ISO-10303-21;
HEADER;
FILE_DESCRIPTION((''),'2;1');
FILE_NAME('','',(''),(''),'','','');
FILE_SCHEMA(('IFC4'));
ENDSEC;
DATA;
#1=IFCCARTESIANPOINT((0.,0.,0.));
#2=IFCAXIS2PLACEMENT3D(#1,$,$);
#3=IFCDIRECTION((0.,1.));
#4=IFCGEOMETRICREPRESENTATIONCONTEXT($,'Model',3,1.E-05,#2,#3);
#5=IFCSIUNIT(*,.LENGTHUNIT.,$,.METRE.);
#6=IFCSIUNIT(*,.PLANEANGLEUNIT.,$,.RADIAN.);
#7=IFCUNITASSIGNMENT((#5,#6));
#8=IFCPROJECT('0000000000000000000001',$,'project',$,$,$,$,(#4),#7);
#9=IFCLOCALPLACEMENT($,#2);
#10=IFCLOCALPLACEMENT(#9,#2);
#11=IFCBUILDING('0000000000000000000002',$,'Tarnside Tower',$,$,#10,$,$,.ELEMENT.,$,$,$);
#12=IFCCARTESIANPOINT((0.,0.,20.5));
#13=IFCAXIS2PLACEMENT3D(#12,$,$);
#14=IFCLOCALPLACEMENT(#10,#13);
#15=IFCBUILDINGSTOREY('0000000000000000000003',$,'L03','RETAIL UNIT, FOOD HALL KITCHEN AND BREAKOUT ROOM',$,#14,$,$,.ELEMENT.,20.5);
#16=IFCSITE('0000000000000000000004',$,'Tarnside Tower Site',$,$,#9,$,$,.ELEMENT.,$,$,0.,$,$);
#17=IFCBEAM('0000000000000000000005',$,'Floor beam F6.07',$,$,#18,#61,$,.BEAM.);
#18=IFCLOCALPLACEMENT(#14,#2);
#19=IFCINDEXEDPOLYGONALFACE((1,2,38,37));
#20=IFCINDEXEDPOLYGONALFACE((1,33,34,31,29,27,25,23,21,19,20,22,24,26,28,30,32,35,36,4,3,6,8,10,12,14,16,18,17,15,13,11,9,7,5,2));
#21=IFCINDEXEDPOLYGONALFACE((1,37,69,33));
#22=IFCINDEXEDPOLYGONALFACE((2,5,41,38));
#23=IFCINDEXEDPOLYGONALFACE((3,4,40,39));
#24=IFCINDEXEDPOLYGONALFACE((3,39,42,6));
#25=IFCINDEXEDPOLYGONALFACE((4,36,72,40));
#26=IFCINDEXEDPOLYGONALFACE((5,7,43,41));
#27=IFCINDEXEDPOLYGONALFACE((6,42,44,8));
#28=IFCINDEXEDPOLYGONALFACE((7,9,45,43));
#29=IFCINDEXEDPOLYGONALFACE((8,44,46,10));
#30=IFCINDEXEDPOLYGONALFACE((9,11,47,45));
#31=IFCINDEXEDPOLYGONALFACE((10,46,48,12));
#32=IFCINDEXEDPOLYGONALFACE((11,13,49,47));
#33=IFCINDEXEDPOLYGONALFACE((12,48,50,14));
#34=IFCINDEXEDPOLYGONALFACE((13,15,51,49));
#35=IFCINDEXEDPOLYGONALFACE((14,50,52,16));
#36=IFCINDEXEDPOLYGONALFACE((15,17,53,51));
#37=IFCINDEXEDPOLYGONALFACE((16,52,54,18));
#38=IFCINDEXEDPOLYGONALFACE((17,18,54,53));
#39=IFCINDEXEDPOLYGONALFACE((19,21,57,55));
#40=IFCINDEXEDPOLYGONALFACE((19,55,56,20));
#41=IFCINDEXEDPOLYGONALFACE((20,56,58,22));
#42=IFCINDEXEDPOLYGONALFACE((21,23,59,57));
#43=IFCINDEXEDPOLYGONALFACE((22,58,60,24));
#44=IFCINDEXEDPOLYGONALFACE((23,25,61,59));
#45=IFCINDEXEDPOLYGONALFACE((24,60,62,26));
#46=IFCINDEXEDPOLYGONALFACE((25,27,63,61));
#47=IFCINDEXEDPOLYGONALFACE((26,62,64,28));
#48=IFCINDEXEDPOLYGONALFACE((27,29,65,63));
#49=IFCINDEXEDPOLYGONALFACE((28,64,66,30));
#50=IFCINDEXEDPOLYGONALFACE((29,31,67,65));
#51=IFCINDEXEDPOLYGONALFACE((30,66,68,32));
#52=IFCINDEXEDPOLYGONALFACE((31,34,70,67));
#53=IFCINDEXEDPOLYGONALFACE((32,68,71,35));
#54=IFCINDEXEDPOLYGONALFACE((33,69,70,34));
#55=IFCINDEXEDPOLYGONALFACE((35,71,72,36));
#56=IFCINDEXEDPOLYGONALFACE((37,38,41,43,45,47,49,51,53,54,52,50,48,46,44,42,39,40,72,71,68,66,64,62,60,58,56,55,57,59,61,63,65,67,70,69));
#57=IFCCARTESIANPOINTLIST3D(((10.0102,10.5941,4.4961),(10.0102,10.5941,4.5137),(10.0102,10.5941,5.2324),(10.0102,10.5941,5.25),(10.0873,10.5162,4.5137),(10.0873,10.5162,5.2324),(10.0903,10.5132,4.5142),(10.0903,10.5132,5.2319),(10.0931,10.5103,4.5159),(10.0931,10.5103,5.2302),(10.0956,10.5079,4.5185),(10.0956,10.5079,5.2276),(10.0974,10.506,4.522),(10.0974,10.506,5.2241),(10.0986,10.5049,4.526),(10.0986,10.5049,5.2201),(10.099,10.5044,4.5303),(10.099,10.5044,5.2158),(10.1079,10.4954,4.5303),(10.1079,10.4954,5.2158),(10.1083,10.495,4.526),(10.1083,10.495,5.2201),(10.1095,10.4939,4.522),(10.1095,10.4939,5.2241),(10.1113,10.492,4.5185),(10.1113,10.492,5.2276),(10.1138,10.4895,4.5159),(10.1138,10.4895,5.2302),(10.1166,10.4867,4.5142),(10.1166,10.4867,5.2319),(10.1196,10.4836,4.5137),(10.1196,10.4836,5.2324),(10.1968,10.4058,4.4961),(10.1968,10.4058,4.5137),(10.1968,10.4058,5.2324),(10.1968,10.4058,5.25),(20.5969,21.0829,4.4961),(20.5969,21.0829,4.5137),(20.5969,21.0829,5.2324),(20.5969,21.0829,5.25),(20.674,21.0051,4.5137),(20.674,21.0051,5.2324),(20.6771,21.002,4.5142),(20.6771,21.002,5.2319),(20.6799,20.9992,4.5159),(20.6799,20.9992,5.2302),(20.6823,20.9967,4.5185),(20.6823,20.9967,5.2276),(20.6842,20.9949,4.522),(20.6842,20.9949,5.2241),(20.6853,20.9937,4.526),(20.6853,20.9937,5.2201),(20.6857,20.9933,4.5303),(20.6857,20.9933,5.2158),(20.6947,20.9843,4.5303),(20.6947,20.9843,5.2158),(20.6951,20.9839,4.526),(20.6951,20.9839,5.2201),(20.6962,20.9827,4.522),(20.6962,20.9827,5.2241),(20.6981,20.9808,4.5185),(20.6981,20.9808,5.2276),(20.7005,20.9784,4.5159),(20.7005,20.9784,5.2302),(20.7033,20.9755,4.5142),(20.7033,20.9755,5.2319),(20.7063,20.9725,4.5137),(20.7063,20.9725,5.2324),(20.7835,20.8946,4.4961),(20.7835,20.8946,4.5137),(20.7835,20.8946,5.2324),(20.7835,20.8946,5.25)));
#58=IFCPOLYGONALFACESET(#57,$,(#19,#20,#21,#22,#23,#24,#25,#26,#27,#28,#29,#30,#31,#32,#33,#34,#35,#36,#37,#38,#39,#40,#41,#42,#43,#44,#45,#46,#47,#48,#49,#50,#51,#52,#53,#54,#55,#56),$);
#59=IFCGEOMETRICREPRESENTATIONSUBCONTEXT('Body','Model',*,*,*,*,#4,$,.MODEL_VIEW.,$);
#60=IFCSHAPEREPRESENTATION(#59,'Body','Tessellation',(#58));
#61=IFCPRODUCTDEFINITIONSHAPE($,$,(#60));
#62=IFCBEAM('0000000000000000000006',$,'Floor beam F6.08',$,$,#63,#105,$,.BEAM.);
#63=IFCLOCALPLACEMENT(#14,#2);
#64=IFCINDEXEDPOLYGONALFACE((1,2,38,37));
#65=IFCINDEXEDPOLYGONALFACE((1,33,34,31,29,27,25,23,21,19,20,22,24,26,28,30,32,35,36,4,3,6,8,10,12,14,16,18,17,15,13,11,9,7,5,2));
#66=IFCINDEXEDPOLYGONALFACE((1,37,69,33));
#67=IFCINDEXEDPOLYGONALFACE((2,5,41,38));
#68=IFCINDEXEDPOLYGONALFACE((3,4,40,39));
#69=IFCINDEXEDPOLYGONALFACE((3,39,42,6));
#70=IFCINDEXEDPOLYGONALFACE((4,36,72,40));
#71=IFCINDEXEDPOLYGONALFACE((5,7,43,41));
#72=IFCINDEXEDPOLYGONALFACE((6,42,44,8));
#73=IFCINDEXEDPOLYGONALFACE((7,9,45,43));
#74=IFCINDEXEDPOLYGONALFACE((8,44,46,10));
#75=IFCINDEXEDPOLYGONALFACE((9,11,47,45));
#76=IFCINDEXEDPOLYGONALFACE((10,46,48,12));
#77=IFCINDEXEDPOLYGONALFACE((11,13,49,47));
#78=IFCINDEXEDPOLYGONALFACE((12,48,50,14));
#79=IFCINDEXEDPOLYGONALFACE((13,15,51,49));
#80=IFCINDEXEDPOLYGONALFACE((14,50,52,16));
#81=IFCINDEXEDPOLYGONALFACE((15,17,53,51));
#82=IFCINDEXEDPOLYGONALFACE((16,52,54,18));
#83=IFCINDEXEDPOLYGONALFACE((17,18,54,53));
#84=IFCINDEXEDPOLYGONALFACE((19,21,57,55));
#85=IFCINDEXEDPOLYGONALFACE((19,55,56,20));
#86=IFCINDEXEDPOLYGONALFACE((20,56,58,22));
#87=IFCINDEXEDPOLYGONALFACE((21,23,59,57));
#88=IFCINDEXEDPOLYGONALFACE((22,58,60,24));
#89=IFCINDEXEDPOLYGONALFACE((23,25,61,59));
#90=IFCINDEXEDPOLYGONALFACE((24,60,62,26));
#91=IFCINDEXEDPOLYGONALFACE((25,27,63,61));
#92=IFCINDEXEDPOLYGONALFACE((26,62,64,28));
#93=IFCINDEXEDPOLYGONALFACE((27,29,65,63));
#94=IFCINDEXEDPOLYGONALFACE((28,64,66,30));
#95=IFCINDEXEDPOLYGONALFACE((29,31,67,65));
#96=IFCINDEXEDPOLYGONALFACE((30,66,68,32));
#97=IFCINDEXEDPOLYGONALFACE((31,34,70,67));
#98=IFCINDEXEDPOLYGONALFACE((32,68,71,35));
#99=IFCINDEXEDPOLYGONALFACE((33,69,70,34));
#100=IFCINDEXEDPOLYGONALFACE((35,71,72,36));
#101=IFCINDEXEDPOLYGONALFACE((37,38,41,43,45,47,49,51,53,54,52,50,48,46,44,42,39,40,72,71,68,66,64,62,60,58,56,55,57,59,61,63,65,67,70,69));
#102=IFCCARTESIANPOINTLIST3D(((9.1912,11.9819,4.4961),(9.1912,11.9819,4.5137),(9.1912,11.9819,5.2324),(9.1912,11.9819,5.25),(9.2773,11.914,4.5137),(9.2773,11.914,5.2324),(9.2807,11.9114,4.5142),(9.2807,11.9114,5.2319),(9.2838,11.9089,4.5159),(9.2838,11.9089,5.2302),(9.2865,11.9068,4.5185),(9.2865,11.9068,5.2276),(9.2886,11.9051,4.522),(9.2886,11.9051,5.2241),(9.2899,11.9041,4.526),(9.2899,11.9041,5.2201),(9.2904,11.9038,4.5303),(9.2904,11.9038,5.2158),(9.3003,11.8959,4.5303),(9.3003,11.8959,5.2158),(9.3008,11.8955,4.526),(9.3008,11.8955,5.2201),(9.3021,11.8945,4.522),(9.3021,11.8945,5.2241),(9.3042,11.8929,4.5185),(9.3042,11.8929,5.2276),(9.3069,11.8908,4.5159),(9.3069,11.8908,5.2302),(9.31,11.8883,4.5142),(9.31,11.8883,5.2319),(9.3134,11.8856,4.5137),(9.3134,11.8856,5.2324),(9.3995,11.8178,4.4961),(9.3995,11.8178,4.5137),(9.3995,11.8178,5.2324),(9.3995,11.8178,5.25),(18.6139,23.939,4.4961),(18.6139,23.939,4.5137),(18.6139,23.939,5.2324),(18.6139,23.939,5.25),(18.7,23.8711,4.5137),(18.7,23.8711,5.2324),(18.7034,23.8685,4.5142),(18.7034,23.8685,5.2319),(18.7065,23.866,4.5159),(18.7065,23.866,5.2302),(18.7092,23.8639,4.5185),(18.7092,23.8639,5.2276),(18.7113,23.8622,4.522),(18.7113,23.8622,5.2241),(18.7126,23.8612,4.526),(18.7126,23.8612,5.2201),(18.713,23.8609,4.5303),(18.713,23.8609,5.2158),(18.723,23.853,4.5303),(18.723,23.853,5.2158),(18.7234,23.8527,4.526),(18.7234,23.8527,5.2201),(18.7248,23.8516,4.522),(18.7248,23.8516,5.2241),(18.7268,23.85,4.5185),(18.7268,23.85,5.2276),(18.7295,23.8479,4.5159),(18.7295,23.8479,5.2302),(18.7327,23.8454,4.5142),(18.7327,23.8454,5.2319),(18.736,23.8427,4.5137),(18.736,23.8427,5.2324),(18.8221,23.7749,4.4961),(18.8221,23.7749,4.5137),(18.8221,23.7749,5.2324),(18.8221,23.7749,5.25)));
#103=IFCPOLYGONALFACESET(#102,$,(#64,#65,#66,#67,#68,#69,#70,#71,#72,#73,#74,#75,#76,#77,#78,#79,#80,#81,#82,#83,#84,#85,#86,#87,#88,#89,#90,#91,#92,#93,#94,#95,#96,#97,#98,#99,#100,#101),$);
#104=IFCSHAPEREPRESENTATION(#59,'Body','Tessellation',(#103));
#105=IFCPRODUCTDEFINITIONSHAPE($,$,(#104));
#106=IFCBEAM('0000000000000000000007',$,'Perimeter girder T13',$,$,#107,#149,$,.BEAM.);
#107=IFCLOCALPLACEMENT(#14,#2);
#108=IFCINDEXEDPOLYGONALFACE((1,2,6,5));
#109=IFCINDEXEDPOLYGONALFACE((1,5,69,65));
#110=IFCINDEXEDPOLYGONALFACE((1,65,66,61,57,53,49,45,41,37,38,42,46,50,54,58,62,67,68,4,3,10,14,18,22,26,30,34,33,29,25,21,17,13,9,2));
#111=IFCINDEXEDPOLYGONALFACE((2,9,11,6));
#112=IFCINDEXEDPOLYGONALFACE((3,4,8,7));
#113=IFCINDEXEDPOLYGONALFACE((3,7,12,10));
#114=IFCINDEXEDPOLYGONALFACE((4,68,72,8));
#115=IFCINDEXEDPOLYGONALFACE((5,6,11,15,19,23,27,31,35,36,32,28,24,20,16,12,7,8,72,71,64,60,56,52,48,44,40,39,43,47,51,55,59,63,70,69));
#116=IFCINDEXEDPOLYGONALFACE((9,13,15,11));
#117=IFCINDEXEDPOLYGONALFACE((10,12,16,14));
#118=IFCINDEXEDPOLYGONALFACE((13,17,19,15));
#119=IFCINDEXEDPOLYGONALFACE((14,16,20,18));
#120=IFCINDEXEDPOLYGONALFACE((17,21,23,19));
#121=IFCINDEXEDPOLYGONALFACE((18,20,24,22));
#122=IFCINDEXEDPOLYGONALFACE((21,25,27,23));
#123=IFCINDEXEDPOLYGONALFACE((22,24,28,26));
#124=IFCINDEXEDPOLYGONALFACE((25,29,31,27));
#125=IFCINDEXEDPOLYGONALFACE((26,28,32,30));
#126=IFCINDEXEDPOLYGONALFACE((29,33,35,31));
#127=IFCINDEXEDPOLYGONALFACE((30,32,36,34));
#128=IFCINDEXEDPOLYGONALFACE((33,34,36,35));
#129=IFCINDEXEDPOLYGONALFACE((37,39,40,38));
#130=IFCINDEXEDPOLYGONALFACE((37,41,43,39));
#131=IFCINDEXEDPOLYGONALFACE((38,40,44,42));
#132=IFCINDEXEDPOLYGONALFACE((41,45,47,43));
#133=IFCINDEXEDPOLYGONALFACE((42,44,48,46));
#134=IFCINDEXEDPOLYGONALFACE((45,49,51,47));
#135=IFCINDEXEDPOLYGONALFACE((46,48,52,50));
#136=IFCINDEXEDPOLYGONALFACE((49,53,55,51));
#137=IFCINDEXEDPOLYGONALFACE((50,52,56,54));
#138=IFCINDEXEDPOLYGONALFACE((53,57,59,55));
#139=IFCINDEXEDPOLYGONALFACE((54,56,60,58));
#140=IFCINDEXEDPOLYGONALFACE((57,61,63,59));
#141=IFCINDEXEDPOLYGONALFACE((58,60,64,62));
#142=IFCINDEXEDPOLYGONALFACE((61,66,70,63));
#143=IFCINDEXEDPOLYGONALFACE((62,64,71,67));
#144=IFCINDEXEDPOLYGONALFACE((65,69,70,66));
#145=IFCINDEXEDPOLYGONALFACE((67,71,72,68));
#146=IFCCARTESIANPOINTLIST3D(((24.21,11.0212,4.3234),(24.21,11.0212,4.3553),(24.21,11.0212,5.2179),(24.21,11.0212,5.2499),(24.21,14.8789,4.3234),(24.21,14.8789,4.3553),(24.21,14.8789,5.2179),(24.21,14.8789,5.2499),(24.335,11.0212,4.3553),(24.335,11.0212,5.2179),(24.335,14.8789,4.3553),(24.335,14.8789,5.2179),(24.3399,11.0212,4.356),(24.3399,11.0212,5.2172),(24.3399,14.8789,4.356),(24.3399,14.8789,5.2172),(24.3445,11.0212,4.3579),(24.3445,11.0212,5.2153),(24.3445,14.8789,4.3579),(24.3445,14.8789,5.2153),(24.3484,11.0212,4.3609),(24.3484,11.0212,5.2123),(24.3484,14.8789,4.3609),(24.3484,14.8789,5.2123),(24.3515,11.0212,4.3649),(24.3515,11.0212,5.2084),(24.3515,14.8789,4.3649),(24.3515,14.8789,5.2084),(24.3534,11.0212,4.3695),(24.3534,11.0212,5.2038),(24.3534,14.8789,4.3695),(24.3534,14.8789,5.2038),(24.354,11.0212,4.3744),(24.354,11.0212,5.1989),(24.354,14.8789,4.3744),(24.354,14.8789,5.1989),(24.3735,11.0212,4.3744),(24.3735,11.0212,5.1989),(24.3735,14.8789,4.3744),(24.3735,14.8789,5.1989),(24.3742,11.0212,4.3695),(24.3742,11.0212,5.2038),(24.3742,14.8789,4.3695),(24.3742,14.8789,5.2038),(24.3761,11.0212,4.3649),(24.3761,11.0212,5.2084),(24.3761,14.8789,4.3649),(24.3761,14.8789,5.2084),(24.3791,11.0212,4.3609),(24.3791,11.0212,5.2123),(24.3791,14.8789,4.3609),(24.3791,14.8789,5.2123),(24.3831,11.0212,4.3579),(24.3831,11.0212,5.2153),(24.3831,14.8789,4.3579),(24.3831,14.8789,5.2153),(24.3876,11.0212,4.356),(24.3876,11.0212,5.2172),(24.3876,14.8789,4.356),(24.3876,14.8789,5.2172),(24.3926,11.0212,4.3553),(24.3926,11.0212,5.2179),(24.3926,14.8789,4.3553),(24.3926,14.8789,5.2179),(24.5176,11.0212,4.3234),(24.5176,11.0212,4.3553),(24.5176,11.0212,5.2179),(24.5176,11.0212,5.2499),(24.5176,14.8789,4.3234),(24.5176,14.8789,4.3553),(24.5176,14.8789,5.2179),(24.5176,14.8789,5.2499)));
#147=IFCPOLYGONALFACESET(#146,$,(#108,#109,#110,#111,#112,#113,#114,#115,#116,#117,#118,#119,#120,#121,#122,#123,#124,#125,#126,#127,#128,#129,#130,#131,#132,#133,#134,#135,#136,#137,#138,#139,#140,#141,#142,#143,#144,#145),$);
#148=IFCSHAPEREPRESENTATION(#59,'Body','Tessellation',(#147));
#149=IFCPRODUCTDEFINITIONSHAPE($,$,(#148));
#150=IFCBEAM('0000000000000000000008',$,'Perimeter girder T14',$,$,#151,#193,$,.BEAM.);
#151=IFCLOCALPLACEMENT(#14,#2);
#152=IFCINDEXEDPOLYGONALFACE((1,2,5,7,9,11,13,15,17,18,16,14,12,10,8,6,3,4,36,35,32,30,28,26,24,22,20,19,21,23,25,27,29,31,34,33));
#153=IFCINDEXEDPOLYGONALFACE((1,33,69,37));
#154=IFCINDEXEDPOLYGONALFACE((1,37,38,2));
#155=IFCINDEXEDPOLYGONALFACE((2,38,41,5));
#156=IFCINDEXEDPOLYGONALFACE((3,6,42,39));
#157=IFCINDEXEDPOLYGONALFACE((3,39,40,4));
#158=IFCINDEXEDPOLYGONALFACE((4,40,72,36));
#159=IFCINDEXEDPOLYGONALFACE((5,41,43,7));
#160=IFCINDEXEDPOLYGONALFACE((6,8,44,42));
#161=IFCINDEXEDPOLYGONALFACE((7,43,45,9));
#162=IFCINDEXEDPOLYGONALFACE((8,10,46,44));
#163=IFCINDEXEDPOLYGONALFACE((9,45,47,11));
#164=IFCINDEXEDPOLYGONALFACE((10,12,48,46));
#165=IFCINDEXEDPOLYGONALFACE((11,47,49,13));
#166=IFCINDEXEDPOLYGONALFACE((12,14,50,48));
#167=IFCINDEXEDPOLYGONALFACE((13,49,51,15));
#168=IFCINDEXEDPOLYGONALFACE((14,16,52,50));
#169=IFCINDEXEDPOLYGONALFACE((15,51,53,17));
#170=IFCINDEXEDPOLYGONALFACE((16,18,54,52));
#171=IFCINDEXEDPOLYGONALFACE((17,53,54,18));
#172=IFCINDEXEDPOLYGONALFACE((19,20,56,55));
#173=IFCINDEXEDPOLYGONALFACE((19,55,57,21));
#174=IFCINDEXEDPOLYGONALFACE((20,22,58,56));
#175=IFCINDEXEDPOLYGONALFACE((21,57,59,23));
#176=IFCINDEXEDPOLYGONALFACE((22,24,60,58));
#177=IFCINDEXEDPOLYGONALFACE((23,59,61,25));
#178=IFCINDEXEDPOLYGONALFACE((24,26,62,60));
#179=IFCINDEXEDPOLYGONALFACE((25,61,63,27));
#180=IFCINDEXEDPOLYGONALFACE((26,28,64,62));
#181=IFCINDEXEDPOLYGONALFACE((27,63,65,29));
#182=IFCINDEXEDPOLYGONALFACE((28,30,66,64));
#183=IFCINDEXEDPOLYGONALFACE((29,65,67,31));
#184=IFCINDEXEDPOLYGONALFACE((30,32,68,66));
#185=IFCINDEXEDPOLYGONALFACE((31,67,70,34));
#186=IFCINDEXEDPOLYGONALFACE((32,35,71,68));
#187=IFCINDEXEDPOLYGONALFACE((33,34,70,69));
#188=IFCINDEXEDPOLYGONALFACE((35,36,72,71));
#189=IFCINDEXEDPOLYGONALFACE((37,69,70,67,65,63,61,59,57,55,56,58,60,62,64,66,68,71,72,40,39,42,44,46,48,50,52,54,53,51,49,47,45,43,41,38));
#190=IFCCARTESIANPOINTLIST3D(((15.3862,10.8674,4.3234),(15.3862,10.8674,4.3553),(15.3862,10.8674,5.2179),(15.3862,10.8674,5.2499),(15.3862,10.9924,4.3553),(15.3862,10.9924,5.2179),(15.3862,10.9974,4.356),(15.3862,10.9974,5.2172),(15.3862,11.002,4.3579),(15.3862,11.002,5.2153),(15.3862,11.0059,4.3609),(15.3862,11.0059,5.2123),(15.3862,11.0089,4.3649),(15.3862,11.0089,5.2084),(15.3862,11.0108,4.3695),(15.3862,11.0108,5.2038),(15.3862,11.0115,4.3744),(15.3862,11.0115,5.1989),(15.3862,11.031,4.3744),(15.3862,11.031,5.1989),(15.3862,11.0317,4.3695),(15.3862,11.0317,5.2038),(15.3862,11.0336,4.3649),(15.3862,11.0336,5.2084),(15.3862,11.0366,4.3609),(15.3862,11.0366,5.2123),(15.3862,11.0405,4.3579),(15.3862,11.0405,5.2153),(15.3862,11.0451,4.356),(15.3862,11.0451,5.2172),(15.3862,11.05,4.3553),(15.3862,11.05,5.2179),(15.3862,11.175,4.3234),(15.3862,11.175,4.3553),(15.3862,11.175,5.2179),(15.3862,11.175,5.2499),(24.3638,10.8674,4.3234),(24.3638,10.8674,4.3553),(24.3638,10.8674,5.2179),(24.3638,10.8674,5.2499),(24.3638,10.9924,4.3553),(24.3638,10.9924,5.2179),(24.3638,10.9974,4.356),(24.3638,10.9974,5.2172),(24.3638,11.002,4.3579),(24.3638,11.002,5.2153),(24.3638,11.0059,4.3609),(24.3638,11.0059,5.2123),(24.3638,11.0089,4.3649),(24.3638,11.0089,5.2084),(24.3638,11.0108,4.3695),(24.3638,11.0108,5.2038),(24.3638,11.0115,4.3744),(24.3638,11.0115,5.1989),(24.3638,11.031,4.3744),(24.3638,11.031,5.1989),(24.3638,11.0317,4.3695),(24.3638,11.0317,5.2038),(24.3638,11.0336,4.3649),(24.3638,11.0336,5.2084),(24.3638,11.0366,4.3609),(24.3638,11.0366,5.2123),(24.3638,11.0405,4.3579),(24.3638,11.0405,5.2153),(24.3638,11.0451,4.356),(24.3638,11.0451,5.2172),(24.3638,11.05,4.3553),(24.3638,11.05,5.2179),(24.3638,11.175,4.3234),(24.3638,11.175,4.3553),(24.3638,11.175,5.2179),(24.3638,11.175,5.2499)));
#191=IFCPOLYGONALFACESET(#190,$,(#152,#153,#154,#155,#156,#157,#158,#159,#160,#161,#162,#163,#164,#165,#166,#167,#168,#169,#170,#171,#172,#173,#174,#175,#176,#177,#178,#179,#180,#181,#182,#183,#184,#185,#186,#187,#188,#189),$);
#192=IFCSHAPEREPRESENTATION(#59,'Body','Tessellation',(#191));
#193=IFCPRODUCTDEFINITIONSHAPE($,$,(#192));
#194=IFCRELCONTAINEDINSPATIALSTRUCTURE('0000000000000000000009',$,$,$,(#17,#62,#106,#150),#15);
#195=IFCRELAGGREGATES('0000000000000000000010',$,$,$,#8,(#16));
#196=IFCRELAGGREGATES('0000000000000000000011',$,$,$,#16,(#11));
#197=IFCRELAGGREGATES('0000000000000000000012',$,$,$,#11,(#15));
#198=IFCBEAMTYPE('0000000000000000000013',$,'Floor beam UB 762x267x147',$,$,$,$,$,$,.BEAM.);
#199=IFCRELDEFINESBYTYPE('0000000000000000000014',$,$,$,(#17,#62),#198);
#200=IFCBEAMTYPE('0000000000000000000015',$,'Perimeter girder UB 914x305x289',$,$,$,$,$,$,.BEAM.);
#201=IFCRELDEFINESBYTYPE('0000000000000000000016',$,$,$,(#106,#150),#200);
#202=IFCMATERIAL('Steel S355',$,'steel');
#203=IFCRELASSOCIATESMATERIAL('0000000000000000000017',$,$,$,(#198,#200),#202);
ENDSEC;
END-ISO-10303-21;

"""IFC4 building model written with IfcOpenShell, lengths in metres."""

from ifc_helpers import new_model, si_unit, direction, frame, origin, origin_2d, place, context, subcontext, project, spatial, i_section, extrude, material, material_profile, profile_set, type_object, element, save


model = new_model("IFC4")

# Units and contexts
model_context = context("Model", 3, precision=1e-05, world=origin(), true_north=direction((0.0, 1.0)))
body_context = subcontext(model_context, "Body", "Model", "MODEL_VIEW")
ifc_project = project(units=[si_unit("LENGTHUNIT", "METRE"), si_unit("PLANEANGLEUNIT", "RADIAN")], contexts=[model_context])

# Site, building, storey
site_placement = place(None, origin())
site = spatial("IfcSite", under=ifc_project, at=site_placement, Name="Tarnside Tower Site", CompositionType="ELEMENT", RefElevation=0.0)
building_placement = place(site_placement, origin())
building = spatial("IfcBuilding", under=site, at=building_placement, Name="Tarnside Tower", CompositionType="ELEMENT")
storey_placement = place(building_placement, frame((0.0, 0.0, 20.5)))
storey = spatial("IfcBuildingStorey", under=building, at=storey_placement, Name="L03", Description="RETAIL UNIT, FOOD HALL KITCHEN AND BREAKOUT ROOM", CompositionType="ELEMENT", Elevation=20.5)

# Beams
ifc_material_1 = material(Name="Steel S355", Category="steel")
ifc_material_profile_1 = material_profile(ifc_material_1, i_section(OverallWidth=0.2651, OverallDepth=0.7539, WebThickness=0.0127, FlangeThickness=0.0176, FilletRadius=0.0166, at=origin_2d()), Name="UB 762x267x147")
ifc_profile_set_1 = profile_set([ifc_material_profile_1], Name="Steel S355")
beam_type_1 = type_object("IfcBeamType", Name="Floor beam UB 762x267x147", PredefinedType="BEAM", material=ifc_profile_set_1)
beam_1_placement = place(storey_placement, frame((20.6902, 20.9888, 4.873), z_axis=(-0.710384, -0.703815, 0.0), x_axis=(0.703815, -0.710384, 0.0)))
element("IfcBeam", 1, at=beam_1_placement, inside=storey, type_object=beam_type_1, Name="Floor beam F6.07", PredefinedType="BEAM", context=body_context, shape_type="SweptSolid", body=[
    extrude(i_section(OverallWidth=0.2651, OverallDepth=0.7539, WebThickness=0.0127, FlangeThickness=0.0176, FilletRadius=0.0166, at=origin_2d()), origin(), (0.0, 0.0, 1.0), 14.9028),
])
beam_2_placement = place(storey_placement, frame((18.718, 23.8569, 4.873), z_axis=(-0.61895, -0.78543, 0.0), x_axis=(0.78543, -0.61895, 0.0)))
element("IfcBeam", 2, at=beam_2_placement, inside=storey, type_object=beam_type_1, Name="Floor beam F6.08", PredefinedType="BEAM", context=body_context, shape_type="SweptSolid", body=[
    extrude(i_section(OverallWidth=0.2651, OverallDepth=0.7539, WebThickness=0.0127, FlangeThickness=0.0176, FilletRadius=0.0166, at=origin_2d()), origin(), (0.0, 0.0, 1.0), 15.2236),
])
ifc_material_profile_2 = material_profile(ifc_material_1, i_section(OverallWidth=0.3076, OverallDepth=0.9265, WebThickness=0.0195, FlangeThickness=0.032, FilletRadius=0.019, at=origin_2d()), Name="UB 914x305x289")
ifc_profile_set_2 = profile_set([ifc_material_profile_2], Name="Steel S355")
beam_type_2 = type_object("IfcBeamType", Name="Perimeter girder UB 914x305x289", PredefinedType="BEAM", material=ifc_profile_set_2)
beam_3_placement = place(storey_placement, frame((24.3638, 14.8789, 4.7866), z_axis=(0.0, -1.0, 0.0), x_axis=(1.0, 0.0, 0.0)))
element("IfcBeam", 3, at=beam_3_placement, inside=storey, type_object=beam_type_2, Name="Perimeter girder T13", PredefinedType="BEAM", context=body_context, shape_type="SweptSolid", body=[
    extrude(i_section(OverallWidth=0.3076, OverallDepth=0.9265, WebThickness=0.0195, FlangeThickness=0.032, FilletRadius=0.019, at=origin_2d()), origin(), (0.0, 0.0, 1.0), 3.8577),
])
beam_4_placement = place(storey_placement, frame((24.3638, 11.0212, 4.7866), z_axis=(-1.0, 0.0, 0.0), x_axis=(0.0, -1.0, 0.0)))
element("IfcBeam", 4, at=beam_4_placement, inside=storey, type_object=beam_type_2, Name="Perimeter girder T14", PredefinedType="BEAM", context=body_context, shape_type="SweptSolid", body=[
    extrude(i_section(OverallWidth=0.3076, OverallDepth=0.9265, WebThickness=0.0195, FlangeThickness=0.032, FilletRadius=0.019, at=origin_2d()), origin(), (0.0, 0.0, 1.0), 8.9775),
])

save(model, "model.ifc")
